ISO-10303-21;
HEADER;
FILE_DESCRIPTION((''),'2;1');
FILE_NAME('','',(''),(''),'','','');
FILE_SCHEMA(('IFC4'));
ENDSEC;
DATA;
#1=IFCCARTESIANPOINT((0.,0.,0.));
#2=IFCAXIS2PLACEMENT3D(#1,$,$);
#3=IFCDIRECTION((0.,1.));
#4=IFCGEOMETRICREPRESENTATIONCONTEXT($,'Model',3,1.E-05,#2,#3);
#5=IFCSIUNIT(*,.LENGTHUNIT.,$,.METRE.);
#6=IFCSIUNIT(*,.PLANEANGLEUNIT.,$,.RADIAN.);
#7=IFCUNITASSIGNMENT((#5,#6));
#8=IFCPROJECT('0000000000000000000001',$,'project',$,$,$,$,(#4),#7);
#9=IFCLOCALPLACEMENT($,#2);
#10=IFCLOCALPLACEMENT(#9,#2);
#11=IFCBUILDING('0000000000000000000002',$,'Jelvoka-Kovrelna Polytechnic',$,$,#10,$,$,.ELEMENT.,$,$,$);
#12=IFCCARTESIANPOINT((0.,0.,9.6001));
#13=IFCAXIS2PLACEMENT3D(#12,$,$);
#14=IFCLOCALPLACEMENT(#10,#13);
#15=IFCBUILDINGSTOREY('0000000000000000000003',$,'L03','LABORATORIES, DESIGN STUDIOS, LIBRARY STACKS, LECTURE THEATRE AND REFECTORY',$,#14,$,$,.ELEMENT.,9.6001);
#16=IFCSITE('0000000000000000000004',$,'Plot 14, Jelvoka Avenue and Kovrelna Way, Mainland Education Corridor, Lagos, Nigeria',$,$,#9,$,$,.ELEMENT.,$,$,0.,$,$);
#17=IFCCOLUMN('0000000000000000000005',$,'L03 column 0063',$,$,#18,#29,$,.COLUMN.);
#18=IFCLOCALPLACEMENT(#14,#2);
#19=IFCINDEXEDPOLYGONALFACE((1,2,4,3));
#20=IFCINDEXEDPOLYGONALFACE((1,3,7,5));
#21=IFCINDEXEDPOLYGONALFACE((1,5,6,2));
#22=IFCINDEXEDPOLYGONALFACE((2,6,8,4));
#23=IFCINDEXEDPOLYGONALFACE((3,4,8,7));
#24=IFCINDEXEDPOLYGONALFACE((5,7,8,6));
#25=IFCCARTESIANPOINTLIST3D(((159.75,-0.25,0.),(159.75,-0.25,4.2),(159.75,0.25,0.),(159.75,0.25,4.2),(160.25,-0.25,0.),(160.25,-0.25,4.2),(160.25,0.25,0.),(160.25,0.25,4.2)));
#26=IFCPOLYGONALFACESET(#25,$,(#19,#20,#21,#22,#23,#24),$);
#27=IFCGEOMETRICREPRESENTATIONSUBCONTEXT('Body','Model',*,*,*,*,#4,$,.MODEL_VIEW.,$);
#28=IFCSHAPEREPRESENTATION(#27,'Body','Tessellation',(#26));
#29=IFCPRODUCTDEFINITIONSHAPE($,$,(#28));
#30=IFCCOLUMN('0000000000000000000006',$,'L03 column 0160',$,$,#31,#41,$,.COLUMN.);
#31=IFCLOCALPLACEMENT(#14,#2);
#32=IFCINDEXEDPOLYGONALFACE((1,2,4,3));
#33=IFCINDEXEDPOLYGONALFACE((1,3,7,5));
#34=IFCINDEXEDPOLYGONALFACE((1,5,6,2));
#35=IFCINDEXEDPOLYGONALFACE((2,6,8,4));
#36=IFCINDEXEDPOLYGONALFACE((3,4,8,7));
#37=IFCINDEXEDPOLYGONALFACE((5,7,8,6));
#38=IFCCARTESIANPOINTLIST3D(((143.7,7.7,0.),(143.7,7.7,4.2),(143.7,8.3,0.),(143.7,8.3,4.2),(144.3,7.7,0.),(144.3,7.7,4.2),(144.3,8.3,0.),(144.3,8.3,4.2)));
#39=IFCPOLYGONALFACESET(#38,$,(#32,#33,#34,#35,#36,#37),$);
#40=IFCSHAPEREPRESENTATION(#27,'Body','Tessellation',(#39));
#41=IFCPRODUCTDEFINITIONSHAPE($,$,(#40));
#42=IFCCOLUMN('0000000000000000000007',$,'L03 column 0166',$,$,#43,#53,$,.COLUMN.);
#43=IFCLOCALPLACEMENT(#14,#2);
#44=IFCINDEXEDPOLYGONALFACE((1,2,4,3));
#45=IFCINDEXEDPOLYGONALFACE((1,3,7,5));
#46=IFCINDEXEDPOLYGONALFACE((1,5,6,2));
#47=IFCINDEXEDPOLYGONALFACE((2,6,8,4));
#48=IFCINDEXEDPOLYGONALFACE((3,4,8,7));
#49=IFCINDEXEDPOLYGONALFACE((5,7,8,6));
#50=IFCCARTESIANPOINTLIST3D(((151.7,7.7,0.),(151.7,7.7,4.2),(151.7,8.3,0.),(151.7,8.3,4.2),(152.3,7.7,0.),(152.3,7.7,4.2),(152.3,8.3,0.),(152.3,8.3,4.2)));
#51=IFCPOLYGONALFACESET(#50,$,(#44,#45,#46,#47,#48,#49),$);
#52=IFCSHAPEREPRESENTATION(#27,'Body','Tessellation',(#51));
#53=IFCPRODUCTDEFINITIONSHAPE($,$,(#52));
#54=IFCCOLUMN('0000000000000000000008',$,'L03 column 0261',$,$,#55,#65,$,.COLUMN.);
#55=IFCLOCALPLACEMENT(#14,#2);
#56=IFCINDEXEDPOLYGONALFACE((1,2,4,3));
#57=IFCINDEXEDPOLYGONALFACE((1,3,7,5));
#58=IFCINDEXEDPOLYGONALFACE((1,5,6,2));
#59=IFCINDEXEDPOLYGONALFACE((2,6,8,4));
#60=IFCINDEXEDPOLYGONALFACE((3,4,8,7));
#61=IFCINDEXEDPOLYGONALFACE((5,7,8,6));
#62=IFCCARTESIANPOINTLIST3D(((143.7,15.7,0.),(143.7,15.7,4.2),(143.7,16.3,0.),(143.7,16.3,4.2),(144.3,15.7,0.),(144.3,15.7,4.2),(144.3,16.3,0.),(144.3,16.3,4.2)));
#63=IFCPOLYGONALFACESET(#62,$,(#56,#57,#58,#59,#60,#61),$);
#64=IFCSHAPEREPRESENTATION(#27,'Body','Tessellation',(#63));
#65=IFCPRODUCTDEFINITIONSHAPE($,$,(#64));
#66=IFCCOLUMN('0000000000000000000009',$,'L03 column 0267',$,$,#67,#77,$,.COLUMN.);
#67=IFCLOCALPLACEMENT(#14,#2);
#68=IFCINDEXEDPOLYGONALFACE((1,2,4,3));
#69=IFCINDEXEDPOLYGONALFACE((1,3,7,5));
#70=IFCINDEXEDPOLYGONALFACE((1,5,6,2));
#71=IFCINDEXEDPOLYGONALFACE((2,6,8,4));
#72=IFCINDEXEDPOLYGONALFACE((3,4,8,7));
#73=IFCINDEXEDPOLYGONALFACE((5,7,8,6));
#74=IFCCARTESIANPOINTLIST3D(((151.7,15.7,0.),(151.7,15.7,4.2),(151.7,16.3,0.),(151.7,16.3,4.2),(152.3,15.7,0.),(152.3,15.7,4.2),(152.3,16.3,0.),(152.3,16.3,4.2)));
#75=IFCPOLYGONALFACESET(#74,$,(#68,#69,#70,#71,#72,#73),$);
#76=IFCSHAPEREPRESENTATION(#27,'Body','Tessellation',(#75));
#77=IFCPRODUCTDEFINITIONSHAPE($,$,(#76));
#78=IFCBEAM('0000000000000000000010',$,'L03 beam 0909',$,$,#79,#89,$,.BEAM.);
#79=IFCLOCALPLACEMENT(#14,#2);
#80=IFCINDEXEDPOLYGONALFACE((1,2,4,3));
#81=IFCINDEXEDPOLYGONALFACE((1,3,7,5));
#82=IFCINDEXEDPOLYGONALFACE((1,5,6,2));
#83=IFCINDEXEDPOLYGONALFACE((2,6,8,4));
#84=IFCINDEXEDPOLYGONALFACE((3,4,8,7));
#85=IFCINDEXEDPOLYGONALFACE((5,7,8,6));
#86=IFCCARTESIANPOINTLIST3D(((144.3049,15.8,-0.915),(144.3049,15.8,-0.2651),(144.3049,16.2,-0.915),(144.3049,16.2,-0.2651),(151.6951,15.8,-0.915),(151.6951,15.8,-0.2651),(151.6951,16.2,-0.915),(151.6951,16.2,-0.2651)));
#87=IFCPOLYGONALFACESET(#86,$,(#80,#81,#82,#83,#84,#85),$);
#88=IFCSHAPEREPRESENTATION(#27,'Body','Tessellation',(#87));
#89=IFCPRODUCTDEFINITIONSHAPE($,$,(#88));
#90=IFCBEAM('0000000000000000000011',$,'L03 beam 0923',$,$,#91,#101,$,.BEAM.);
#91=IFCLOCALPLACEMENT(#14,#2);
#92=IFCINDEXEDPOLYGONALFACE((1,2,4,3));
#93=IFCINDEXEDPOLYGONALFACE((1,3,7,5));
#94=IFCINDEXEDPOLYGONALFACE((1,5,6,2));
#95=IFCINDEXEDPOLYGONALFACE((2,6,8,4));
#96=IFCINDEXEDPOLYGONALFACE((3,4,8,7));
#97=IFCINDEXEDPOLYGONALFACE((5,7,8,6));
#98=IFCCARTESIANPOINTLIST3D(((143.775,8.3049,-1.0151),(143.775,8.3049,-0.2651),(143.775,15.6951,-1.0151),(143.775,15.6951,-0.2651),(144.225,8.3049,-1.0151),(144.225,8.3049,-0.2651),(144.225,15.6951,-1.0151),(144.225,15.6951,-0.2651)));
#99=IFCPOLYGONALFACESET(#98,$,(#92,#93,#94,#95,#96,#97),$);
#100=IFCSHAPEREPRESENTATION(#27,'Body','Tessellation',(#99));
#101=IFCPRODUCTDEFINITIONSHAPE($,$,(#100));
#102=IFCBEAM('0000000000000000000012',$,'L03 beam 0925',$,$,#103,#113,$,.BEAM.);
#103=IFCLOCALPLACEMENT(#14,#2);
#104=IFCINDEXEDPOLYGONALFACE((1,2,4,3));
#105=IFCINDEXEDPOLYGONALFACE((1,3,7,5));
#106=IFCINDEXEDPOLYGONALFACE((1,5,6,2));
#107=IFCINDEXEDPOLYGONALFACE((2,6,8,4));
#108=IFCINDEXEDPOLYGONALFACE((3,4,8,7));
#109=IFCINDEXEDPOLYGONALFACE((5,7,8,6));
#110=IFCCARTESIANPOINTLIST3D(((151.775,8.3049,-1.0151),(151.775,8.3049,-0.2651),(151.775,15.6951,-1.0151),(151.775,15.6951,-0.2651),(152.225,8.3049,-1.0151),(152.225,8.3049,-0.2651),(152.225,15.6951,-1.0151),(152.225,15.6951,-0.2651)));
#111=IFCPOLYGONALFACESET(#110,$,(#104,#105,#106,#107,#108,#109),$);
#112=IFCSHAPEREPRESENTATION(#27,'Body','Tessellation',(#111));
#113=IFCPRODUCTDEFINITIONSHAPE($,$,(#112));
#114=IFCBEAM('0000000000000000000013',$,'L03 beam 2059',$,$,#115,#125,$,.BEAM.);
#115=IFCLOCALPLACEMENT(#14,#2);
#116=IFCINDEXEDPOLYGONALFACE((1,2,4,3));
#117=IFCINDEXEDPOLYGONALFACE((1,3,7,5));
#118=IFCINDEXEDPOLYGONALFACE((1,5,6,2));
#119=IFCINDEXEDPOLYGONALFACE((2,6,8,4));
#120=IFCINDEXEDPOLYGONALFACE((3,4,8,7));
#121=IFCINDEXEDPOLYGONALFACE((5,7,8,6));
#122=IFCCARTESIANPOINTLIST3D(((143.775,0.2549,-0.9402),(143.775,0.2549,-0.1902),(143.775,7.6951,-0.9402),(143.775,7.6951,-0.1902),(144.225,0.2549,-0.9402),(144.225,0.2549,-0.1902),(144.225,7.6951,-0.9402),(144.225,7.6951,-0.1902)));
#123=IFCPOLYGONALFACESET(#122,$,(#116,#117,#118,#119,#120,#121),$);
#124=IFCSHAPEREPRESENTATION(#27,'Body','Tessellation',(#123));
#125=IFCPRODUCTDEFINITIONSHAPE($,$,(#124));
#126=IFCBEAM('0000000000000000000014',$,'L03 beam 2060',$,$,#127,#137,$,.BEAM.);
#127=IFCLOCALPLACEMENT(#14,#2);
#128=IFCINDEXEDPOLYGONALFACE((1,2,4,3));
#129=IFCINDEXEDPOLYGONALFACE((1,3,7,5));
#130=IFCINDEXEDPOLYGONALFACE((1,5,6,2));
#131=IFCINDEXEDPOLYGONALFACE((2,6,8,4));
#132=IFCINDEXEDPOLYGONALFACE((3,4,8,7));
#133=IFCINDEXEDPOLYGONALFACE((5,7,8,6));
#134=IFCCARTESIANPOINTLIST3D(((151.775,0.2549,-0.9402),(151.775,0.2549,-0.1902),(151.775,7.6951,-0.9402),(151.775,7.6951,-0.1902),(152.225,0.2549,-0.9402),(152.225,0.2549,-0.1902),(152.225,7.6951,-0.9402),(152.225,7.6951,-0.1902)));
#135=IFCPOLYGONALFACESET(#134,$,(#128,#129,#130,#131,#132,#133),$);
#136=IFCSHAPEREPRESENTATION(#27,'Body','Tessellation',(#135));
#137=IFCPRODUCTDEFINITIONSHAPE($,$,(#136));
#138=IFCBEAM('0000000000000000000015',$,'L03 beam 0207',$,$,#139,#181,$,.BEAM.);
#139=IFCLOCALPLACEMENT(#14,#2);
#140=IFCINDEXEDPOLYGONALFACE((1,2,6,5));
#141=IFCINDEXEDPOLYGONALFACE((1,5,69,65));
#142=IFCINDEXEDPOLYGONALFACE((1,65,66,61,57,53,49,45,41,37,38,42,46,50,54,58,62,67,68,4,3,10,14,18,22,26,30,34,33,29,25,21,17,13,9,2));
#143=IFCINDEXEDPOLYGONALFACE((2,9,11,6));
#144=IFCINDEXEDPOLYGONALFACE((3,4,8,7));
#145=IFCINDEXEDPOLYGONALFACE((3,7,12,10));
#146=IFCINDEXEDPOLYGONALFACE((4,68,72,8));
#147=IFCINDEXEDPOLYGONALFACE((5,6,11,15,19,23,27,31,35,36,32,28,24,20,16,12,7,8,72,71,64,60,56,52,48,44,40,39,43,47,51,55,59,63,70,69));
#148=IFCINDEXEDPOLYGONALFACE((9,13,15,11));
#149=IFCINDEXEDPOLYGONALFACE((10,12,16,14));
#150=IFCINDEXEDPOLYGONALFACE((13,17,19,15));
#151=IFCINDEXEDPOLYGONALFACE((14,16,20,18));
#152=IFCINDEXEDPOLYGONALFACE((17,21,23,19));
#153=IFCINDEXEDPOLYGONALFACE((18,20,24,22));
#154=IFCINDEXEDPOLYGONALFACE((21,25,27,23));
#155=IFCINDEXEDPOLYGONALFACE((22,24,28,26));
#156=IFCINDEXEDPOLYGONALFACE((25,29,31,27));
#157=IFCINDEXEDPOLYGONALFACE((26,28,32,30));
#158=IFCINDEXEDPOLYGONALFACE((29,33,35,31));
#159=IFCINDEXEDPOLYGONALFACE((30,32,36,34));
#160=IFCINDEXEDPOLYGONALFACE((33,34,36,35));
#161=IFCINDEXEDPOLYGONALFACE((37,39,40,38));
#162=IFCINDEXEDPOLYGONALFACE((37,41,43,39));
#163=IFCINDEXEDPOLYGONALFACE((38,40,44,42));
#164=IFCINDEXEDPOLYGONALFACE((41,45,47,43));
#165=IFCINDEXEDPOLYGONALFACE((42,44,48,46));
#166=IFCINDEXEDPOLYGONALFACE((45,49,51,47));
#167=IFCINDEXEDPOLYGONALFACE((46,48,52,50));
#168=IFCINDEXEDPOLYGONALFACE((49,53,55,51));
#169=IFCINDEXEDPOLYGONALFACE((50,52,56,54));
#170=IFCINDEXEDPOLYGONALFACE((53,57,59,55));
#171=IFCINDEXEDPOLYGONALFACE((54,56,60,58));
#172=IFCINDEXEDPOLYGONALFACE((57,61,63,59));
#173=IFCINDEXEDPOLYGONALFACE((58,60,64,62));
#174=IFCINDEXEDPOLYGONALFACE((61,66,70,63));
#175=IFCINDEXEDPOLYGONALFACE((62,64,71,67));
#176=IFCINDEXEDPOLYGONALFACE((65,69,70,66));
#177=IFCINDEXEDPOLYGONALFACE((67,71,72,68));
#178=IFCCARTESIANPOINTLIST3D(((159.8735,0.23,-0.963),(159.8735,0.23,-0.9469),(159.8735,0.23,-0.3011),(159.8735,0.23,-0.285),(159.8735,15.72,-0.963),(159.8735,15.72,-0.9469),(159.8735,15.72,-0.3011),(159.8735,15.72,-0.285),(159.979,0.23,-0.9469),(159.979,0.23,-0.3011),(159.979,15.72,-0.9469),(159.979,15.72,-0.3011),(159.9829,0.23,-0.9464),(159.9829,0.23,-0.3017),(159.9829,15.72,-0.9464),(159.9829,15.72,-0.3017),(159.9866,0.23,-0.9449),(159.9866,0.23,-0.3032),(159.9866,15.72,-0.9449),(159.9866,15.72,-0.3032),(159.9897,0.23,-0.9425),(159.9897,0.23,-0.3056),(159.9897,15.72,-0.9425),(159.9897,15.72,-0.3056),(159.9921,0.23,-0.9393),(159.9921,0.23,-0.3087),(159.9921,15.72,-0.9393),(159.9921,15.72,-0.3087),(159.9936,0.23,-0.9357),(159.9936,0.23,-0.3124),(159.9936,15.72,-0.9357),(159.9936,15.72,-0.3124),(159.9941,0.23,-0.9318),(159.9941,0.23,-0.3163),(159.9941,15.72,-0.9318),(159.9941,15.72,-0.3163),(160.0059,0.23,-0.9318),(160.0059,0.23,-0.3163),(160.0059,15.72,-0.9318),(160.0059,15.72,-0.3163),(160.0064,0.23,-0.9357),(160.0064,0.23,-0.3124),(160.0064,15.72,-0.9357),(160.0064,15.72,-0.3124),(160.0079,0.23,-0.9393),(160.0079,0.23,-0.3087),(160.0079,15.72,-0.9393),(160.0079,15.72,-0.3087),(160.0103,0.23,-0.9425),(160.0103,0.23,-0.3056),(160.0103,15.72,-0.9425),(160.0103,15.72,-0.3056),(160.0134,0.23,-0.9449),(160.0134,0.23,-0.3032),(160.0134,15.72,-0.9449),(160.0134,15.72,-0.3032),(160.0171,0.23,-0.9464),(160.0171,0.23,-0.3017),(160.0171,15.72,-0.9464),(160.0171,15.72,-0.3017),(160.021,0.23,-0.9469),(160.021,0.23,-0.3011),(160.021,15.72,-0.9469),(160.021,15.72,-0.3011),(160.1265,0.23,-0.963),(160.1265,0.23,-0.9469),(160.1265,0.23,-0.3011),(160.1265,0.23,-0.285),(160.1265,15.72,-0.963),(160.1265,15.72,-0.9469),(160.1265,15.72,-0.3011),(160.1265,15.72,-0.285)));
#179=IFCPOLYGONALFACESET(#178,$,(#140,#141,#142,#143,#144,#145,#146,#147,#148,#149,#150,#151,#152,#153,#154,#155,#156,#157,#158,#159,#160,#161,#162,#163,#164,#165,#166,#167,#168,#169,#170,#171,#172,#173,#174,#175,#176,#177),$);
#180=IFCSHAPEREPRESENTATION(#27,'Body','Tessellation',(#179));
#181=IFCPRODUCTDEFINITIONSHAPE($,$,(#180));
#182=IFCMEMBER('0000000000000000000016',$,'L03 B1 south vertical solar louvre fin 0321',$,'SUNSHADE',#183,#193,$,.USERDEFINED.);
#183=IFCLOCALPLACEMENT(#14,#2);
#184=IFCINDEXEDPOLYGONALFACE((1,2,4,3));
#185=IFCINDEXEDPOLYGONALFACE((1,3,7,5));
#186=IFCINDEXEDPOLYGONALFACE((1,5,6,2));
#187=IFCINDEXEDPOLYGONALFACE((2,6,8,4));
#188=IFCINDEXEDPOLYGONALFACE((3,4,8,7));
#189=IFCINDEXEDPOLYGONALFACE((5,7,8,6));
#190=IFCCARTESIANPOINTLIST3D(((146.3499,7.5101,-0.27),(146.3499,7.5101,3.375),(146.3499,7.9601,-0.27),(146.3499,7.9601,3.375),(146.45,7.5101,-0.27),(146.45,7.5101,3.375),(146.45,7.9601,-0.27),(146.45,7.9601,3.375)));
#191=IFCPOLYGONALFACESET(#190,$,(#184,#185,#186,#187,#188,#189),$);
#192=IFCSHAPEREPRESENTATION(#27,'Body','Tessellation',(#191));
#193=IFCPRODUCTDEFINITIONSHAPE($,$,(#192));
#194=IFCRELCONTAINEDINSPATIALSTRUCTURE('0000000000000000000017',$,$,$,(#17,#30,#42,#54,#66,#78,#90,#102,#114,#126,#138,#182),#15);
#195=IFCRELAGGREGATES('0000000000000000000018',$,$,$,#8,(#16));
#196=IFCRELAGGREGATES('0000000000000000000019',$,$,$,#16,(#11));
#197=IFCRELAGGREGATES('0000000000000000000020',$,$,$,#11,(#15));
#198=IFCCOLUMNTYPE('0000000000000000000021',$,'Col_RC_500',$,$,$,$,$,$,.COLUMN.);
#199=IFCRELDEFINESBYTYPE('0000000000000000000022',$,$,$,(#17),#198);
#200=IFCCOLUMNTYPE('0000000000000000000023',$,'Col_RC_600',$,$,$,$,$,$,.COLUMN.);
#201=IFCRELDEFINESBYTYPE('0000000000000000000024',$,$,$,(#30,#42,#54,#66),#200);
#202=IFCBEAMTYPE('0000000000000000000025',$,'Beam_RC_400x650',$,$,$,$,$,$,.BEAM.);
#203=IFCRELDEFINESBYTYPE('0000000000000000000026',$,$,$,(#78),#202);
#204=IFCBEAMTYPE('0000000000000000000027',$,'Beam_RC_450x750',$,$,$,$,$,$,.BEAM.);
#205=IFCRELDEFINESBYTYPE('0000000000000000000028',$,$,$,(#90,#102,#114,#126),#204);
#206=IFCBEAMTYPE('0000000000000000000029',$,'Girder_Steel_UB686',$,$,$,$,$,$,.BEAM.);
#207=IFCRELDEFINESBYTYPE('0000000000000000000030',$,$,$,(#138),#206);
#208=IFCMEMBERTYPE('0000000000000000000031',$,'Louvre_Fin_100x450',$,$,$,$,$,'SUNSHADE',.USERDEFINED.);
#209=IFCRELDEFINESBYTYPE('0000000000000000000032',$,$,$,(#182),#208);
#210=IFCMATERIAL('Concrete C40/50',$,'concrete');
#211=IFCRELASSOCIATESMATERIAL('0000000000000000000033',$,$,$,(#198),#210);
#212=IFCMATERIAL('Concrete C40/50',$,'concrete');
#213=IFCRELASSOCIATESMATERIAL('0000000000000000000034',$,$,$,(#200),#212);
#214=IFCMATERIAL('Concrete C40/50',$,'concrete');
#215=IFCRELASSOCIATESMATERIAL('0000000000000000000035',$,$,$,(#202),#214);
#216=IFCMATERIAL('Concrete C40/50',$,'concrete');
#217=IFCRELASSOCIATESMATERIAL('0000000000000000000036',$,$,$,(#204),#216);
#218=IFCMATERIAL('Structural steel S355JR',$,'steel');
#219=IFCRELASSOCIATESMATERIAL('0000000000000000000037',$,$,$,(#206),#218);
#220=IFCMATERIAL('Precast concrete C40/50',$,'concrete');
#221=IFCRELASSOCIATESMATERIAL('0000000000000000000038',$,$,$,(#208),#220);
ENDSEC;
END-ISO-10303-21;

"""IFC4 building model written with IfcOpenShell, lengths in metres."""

from ifc_helpers import new_model, si_unit, direction, frame, origin, origin_2d, place, context, subcontext, project, spatial, rectangle, i_section, extrude, material, material_profile, profile_set, type_object, element, save


model = new_model("IFC4")

# Units and contexts
model_context = context("Model", 3, precision=1e-05, world=origin(), true_north=direction((0.0, 1.0)))
body_context = subcontext(model_context, "Body", "Model", "MODEL_VIEW")
ifc_project = project(units=[si_unit("LENGTHUNIT", "METRE"), si_unit("PLANEANGLEUNIT", "RADIAN")], contexts=[model_context])

# Site, building, storey
site_placement = place(None, origin())
site = spatial("IfcSite", under=ifc_project, at=site_placement, Name="Plot 14, Jelvoka Avenue and Kovrelna Way, Mainland Education Corridor, Lagos, Nigeria", CompositionType="ELEMENT", RefElevation=0.0)
building_placement = place(site_placement, origin())
building = spatial("IfcBuilding", under=site, at=building_placement, Name="Jelvoka-Kovrelna Polytechnic", CompositionType="ELEMENT")
storey_placement = place(building_placement, frame((0.0, 0.0, 9.6001)))
storey = spatial("IfcBuildingStorey", under=building, at=storey_placement, Name="L03", Description="LABORATORIES, DESIGN STUDIOS, LIBRARY STACKS, LECTURE THEATRE AND REFECTORY", CompositionType="ELEMENT", Elevation=9.6001)

# Columns
ifc_material_1 = material(Name="Concrete C40/50", Category="concrete")
ifc_material_profile_1 = material_profile(ifc_material_1, rectangle(XDim=0.5, YDim=0.5, at=origin_2d()), Name="RC 500x500")
ifc_profile_set_1 = profile_set([ifc_material_profile_1], Name="Concrete C40/50")
column_type_1 = type_object("IfcColumnType", Name="Col_RC_500", PredefinedType="COLUMN", material=ifc_profile_set_1)
column_placement = place(storey_placement, frame((160.0, 0.0, 0.0), z_axis=(0.0, 0.0, 1.0), x_axis=(0.0, 1.0, 0.0)))
element("IfcColumn", 1, at=column_placement, inside=storey, type_object=column_type_1, Name="L03 column 0063", PredefinedType="COLUMN", context=body_context, shape_type="SweptSolid", body=[
    extrude(rectangle(XDim=0.5, YDim=0.5, at=origin_2d()), origin(), (0.0, 0.0, 1.0), 4.2),
])
ifc_material_2 = material(Name="Concrete C40/50", Category="concrete")
ifc_material_profile_2 = material_profile(ifc_material_2, rectangle(XDim=0.6001, YDim=0.6001, at=origin_2d()), Name="RC 600x600")
ifc_profile_set_2 = profile_set([ifc_material_profile_2], Name="Concrete C40/50")
column_type_2 = type_object("IfcColumnType", Name="Col_RC_600", PredefinedType="COLUMN", material=ifc_profile_set_2)
for number, where, z_axis, x_axis, name in (
    (2, (144.0, 8.0, 0.0), (0.0, 0.0, 1.0), (1.0, 0.0, 0.0), "L03 column 0160"),
    (3, (152.0, 8.0, 0.0), (0.0, 0.0, 1.0), (1.0, 0.0, 0.0), "L03 column 0166"),
    (4, (144.0, 16.0, 0.0), (0.0, 0.0, 1.0), (1.0, 0.0, 0.0), "L03 column 0261"),
    (5, (152.0, 16.0, 0.0), (0.0, 0.0, 1.0), (1.0, 0.0, 0.0), "L03 column 0267"),
):
    element("IfcColumn", number, at=place(storey_placement, frame(where, z_axis=z_axis, x_axis=x_axis)), inside=storey, type_object=column_type_2, Name=name, PredefinedType="COLUMN", context=body_context, shape_type="SweptSolid", body=[
        extrude(rectangle(XDim=0.6001, YDim=0.6001, at=origin_2d()), origin(), (0.0, 0.0, 1.0), 4.2),
    ])

# Beams
ifc_material_3 = material(Name="Concrete C40/50", Category="concrete")
ifc_material_profile_3 = material_profile(ifc_material_3, rectangle(XDim=0.3999, YDim=0.6499, at=origin_2d()), Name="RC 400x650")
ifc_profile_set_3 = profile_set([ifc_material_profile_3], Name="Concrete C40/50")
beam_type_1 = type_object("IfcBeamType", Name="Beam_RC_400x650", PredefinedType="BEAM", material=ifc_profile_set_3)
beam_1_placement = place(storey_placement, frame((144.3049, 16.0, -0.5901), z_axis=(1.0, 0.0, 0.0), x_axis=(0.0, 1.0, 0.0)))
element("IfcBeam", 6, at=beam_1_placement, inside=storey, type_object=beam_type_1, Name="L03 beam 0909", PredefinedType="BEAM", context=body_context, shape_type="SweptSolid", body=[
    extrude(rectangle(XDim=0.3999, YDim=0.6499, at=origin_2d()), origin(), (0.0, 0.0, 1.0), 7.3901),
])
ifc_material_4 = material(Name="Concrete C40/50", Category="concrete")
ifc_material_profile_4 = material_profile(ifc_material_4, rectangle(XDim=0.45, YDim=0.75, at=origin_2d()), Name="RC 450x750")
ifc_profile_set_4 = profile_set([ifc_material_profile_4], Name="Concrete C40/50")
beam_type_2 = type_object("IfcBeamType", Name="Beam_RC_450x750", PredefinedType="BEAM", material=ifc_profile_set_4)
for number, where, z_axis, x_axis, name in (
    (7, (144.0, 8.3049, -0.6401), (0.0, 1.0, 0.0), (-1.0, 0.0, 0.0), "L03 beam 0923"),
    (8, (152.0, 8.3049, -0.6401), (0.0, 1.0, 0.0), (-1.0, 0.0, 0.0), "L03 beam 0925"),
):
    element("IfcBeam", number, at=place(storey_placement, frame(where, z_axis=z_axis, x_axis=x_axis)), inside=storey, type_object=beam_type_2, Name=name, PredefinedType="BEAM", context=body_context, shape_type="SweptSolid", body=[
        extrude(rectangle(XDim=0.45, YDim=0.75, at=origin_2d()), origin(), (0.0, 0.0, 1.0), 7.3901),
    ])
for number, where, z_axis, x_axis, name in (
    (9, (144.0, 0.2549, -0.5652), (0.0, 1.0, 0.0), (-1.0, 0.0, 0.0), "L03 beam 2059"),
    (10, (152.0, 0.2549, -0.5652), (0.0, 1.0, 0.0), (-1.0, 0.0, 0.0), "L03 beam 2060"),
):
    element("IfcBeam", number, at=place(storey_placement, frame(where, z_axis=z_axis, x_axis=x_axis)), inside=storey, type_object=beam_type_2, Name=name, PredefinedType="BEAM", context=body_context, shape_type="SweptSolid", body=[
        extrude(rectangle(XDim=0.45, YDim=0.75, at=origin_2d()), origin(), (0.0, 0.0, 1.0), 7.4402),
    ])
ifc_material_5 = material(Name="Structural steel S355JR", Category="steel")
ifc_material_profile_5 = material_profile(ifc_material_5, i_section(OverallWidth=0.2529, OverallDepth=0.678, WebThickness=0.0117, FlangeThickness=0.0161, FilletRadius=0.0151, at=origin_2d()), Name="686x254x125 UB")
ifc_profile_set_5 = profile_set([ifc_material_profile_5], Name="Structural steel S355JR")
beam_type_3 = type_object("IfcBeamType", Name="Girder_Steel_UB686", PredefinedType="BEAM", material=ifc_profile_set_5)
beam_2_placement = place(storey_placement, frame((160.0, 0.23, -0.624), z_axis=(0.0, 1.0, 0.0), x_axis=(-1.0, 0.0, 0.0)))
element("IfcBeam", 11, at=beam_2_placement, inside=storey, type_object=beam_type_3, Name="L03 beam 0207", PredefinedType="BEAM", context=body_context, shape_type="SweptSolid", body=[
    extrude(i_section(OverallWidth=0.2529, OverallDepth=0.678, WebThickness=0.0117, FlangeThickness=0.0161, FilletRadius=0.0151, at=origin_2d()), origin(), (0.0, 0.0, 1.0), 15.49),
])

# Member
ifc_material_6 = material(Name="Precast concrete C40/50", Category="concrete")
ifc_material_profile_6 = material_profile(ifc_material_6, rectangle(XDim=0.1001, YDim=0.45, at=origin_2d()), Name="PC 100x450")
ifc_profile_set_6 = profile_set([ifc_material_profile_6], Name="Precast concrete C40/50")
member_type_1 = type_object("IfcMemberType", Name="Louvre_Fin_100x450", ElementType="SUNSHADE", PredefinedType="USERDEFINED", material=ifc_profile_set_6)
for number, where, z_axis, x_axis, name in (
    (12, (146.3999, 7.7351, -0.27), (0.0, 0.0, 1.0), (1.0, 0.0, 0.0), "L03 B1 south vertical solar louvre fin 0321"),
):
    element("IfcMember", number, at=place(storey_placement, frame(where, z_axis=z_axis, x_axis=x_axis)), inside=storey, type_object=member_type_1, Name=name, ObjectType="SUNSHADE", PredefinedType="USERDEFINED", context=body_context, shape_type="SweptSolid", body=[
        extrude(rectangle(XDim=0.1001, YDim=0.45, at=origin_2d()), origin(), (0.0, 0.0, 1.0), 3.645),
    ])

save(model, "model.ifc")
